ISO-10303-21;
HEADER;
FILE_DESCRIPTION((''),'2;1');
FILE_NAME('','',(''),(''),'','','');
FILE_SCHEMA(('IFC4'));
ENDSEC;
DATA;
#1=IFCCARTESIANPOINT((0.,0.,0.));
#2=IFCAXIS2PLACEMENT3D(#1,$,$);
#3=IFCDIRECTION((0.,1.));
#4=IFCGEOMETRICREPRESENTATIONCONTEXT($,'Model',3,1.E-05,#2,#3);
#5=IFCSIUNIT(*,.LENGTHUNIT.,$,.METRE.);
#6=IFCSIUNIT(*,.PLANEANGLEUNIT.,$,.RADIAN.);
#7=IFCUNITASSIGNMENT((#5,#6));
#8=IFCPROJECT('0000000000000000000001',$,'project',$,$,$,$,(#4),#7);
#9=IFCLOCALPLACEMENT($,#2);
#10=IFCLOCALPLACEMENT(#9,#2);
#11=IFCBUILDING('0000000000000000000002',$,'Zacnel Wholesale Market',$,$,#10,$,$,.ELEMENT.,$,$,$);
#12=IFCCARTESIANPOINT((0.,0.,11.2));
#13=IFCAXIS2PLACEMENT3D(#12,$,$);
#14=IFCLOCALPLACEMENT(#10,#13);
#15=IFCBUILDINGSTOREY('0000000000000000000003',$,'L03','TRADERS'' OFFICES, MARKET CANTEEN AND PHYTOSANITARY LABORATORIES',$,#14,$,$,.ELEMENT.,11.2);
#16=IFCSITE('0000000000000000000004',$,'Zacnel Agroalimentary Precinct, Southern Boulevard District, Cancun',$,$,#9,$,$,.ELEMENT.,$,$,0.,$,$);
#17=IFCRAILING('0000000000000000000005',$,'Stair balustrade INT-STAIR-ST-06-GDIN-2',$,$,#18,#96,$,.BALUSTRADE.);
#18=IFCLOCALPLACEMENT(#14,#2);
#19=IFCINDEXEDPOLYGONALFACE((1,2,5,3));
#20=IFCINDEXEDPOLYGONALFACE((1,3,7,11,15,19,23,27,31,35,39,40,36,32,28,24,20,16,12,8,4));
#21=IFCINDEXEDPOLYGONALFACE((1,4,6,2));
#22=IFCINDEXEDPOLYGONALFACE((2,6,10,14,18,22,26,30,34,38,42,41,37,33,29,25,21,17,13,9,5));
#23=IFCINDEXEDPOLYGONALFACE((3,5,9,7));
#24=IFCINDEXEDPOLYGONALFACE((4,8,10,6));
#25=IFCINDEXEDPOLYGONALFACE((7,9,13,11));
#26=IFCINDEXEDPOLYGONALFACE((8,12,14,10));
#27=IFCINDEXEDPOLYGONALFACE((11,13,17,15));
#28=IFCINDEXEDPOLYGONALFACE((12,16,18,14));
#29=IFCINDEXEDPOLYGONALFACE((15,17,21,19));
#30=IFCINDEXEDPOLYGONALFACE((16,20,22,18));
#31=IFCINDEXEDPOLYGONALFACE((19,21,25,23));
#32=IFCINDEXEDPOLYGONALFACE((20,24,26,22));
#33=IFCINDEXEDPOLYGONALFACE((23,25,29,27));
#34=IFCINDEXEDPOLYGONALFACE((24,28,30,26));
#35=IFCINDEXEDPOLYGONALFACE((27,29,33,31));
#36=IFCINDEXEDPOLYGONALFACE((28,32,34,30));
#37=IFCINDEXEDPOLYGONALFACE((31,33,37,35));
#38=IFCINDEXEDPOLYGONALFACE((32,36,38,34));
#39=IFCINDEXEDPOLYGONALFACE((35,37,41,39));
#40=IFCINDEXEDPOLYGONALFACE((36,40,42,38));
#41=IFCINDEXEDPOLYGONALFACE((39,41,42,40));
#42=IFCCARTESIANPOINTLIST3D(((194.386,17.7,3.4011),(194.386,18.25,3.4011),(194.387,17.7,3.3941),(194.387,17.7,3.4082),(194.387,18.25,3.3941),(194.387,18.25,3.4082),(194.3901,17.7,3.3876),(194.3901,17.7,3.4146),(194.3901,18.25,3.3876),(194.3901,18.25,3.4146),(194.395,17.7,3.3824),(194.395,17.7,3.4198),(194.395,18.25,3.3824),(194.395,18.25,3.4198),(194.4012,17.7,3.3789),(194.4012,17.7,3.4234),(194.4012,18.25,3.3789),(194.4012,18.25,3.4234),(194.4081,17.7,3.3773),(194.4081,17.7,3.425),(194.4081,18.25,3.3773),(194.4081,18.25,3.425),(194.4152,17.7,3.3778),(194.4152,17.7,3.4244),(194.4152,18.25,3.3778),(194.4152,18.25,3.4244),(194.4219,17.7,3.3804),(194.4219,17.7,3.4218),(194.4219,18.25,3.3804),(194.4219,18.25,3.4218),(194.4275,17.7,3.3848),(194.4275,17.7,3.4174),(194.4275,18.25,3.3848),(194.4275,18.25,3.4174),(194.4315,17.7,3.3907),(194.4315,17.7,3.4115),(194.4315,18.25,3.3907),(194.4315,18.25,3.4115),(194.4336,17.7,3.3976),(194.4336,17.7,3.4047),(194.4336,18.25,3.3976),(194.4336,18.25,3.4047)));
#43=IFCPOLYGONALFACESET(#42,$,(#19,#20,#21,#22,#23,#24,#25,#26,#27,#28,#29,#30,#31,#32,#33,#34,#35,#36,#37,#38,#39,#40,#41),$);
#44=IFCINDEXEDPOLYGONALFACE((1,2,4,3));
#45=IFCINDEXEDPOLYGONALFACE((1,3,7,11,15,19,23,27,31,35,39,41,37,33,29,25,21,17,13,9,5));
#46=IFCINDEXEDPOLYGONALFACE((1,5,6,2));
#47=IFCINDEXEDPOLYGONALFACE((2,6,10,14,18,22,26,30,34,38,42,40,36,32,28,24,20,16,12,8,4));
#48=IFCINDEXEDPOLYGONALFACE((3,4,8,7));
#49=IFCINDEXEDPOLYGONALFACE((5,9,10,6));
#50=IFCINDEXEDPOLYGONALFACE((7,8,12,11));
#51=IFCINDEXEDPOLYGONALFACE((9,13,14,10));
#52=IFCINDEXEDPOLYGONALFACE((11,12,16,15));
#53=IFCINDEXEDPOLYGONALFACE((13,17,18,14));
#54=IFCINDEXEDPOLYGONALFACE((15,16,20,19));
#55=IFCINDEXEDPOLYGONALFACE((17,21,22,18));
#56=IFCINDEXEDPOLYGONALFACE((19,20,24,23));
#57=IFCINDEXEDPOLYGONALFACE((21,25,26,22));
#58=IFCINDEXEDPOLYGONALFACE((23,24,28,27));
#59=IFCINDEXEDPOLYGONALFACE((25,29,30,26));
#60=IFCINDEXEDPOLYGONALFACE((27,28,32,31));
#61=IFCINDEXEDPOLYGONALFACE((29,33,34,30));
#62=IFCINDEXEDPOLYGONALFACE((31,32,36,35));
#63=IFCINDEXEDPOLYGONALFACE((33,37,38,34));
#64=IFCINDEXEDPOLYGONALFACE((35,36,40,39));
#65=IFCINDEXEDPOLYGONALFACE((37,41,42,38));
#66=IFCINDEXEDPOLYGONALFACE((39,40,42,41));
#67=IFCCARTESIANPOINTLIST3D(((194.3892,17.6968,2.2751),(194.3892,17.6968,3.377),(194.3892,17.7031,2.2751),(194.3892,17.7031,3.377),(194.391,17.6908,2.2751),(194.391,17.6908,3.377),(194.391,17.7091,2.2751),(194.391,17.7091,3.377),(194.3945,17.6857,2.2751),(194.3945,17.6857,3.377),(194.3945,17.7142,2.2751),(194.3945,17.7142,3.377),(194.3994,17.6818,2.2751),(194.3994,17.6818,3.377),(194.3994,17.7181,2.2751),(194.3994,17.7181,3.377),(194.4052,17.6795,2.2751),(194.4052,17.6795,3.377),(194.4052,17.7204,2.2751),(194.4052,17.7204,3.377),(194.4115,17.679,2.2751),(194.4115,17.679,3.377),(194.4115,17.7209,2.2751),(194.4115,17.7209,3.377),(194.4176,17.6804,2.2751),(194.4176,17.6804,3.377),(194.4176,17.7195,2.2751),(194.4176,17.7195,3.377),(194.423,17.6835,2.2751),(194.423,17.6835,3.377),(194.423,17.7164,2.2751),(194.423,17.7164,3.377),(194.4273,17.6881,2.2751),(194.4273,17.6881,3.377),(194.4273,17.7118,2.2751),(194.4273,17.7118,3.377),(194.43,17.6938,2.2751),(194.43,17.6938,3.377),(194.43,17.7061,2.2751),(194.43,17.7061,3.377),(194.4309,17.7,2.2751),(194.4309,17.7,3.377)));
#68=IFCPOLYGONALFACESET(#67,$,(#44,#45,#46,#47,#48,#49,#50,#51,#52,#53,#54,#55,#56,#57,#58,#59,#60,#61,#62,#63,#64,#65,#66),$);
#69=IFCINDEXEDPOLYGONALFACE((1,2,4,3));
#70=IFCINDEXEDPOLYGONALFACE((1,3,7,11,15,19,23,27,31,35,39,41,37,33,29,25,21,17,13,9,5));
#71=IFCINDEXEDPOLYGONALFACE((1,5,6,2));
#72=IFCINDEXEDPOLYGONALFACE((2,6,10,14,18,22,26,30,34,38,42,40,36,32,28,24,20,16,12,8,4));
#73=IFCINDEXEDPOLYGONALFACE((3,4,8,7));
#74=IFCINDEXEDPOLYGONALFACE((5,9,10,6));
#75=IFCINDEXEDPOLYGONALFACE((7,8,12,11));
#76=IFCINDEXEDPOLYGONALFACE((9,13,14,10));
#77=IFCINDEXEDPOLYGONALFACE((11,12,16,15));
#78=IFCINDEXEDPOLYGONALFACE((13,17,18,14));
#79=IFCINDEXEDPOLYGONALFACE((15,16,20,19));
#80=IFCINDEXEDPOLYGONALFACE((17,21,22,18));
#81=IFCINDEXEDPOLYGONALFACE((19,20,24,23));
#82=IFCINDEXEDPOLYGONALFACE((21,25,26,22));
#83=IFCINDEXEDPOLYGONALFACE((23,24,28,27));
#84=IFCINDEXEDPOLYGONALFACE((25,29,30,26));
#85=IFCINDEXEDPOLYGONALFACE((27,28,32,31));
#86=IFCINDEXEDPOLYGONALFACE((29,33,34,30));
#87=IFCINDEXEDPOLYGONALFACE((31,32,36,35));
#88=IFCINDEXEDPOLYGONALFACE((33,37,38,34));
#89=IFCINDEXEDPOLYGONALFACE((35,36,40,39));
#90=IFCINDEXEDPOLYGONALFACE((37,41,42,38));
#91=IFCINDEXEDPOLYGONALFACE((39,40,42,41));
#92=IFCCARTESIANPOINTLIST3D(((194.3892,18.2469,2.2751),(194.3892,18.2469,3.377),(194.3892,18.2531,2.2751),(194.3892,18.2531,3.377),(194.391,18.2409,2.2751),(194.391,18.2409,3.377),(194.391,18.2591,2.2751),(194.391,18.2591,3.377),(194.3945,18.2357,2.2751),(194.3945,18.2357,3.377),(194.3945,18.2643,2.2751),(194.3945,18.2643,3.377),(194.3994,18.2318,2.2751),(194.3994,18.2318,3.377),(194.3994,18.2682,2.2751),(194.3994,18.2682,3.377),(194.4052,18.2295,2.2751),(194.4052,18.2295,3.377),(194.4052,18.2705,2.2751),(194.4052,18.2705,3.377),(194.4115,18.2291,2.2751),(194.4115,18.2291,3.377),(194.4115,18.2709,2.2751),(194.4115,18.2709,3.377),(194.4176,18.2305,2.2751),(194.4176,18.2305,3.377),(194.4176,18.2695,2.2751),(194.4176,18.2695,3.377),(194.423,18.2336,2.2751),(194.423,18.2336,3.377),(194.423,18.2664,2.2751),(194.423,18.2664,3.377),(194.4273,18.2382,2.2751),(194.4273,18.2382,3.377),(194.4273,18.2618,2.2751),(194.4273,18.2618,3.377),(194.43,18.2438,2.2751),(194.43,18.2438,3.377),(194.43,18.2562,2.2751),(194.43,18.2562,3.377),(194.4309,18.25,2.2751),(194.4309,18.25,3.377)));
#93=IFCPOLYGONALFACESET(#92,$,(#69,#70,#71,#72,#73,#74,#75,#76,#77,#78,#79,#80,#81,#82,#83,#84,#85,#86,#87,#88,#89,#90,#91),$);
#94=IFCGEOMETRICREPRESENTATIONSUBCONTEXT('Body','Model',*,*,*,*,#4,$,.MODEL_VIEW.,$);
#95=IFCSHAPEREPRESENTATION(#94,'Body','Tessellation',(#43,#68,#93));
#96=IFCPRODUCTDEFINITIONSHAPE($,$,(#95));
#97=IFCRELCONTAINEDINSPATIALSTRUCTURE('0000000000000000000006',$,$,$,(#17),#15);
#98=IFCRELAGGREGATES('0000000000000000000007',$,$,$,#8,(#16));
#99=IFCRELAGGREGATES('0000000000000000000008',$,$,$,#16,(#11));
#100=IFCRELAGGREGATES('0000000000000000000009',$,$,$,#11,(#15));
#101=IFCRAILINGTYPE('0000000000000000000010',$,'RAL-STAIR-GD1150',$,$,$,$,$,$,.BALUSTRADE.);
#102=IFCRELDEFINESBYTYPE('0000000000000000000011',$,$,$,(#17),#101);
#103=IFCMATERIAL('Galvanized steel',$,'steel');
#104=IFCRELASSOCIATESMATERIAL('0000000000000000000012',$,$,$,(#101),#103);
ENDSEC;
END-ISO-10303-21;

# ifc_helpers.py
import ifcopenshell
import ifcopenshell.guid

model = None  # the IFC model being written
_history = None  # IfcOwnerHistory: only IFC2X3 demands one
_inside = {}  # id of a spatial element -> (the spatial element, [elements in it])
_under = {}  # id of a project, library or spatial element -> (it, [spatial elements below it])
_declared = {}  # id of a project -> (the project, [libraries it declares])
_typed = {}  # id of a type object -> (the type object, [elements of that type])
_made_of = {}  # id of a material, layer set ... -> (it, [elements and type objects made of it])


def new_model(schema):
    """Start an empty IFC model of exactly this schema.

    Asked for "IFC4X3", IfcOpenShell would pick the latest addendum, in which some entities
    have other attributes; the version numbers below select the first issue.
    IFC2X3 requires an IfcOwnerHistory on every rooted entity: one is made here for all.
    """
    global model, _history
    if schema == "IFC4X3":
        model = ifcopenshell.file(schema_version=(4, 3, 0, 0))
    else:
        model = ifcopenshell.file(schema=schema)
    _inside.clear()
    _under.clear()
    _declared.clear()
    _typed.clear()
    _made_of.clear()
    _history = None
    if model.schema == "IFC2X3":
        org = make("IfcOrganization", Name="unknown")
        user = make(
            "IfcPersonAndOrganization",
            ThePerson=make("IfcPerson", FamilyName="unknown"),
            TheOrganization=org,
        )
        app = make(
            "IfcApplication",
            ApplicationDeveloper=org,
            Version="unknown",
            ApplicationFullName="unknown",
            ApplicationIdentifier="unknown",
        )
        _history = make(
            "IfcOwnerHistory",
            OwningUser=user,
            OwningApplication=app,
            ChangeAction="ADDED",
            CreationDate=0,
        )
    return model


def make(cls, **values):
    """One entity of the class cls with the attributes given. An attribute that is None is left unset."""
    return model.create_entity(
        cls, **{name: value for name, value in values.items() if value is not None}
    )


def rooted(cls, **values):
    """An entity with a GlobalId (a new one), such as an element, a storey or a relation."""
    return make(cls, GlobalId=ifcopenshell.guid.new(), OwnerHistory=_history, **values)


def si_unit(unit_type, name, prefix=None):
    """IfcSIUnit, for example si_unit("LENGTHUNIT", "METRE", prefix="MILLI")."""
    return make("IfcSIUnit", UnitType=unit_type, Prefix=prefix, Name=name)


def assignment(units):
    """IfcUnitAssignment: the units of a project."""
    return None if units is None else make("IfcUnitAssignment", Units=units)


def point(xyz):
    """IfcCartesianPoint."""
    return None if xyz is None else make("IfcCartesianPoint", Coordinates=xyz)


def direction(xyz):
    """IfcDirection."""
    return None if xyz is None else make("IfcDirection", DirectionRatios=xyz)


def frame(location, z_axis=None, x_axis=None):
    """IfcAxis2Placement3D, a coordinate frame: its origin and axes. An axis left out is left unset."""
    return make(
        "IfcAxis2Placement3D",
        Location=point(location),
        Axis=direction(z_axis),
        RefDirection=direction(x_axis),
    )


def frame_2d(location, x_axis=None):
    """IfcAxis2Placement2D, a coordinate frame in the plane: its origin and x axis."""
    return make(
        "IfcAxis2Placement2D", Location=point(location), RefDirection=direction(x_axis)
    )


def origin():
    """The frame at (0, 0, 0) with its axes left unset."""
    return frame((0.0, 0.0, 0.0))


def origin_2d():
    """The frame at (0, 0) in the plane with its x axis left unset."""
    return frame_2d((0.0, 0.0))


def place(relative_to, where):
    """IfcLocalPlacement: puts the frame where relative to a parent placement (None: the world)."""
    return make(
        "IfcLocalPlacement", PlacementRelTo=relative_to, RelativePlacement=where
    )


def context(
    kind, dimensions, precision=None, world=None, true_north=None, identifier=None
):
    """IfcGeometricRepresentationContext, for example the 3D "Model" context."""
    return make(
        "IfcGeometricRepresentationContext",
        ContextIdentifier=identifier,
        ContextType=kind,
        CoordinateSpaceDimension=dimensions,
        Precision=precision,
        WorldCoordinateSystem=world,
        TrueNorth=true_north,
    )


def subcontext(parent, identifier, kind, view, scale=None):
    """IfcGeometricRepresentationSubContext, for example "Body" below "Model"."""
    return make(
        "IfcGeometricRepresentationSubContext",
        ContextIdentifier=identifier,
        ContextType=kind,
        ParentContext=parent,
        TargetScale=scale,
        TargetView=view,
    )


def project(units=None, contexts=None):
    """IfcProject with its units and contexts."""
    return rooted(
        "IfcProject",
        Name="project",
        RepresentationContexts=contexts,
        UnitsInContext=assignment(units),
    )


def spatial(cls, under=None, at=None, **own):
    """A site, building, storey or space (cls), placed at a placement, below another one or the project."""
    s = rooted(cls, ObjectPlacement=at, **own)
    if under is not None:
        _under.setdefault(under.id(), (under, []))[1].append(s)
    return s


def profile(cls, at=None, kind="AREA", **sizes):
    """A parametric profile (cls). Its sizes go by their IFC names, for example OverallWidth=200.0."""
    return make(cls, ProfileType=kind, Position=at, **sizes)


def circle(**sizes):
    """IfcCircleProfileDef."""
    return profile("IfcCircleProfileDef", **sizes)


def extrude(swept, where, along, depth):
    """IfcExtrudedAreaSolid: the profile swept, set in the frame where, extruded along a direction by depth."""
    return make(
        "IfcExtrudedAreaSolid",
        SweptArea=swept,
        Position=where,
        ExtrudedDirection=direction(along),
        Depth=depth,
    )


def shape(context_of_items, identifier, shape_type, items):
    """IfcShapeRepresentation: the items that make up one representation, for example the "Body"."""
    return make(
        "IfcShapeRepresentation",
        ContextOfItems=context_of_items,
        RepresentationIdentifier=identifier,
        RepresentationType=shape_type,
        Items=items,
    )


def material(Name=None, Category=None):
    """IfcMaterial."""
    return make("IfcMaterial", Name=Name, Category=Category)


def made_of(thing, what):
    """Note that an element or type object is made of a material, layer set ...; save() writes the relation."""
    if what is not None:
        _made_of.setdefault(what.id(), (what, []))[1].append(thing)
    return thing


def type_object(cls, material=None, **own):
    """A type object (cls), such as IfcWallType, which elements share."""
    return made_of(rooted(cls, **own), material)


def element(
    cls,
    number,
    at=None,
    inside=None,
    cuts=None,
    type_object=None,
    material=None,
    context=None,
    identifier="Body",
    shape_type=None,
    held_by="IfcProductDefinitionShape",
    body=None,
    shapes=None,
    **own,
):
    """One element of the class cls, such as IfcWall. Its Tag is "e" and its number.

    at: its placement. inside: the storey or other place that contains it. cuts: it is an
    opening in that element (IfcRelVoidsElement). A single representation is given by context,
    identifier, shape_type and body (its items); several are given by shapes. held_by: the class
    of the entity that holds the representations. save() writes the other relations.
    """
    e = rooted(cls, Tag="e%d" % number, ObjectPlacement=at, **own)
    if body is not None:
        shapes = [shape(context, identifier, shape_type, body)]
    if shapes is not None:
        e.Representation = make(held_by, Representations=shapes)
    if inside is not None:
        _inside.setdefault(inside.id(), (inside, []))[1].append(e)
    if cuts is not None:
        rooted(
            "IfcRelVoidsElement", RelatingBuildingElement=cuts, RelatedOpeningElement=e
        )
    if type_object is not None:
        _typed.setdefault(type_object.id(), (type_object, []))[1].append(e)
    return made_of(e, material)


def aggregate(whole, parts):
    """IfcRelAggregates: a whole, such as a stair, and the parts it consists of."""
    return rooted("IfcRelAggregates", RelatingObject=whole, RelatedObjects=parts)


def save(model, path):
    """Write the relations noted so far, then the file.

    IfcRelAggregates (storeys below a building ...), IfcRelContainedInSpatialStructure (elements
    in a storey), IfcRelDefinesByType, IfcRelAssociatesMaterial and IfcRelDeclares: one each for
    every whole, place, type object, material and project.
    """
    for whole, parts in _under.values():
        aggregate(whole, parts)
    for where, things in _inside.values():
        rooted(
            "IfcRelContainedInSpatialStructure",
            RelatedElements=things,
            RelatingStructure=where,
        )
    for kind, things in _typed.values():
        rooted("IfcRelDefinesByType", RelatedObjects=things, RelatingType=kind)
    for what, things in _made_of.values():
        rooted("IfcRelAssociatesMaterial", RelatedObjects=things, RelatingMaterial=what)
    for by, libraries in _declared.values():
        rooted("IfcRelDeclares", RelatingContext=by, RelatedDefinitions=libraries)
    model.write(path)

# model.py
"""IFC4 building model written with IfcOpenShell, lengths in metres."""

from ifc_helpers import new_model, si_unit, direction, frame, origin, origin_2d, place, context, subcontext, project, spatial, circle, extrude, material, type_object, element, save


model = new_model("IFC4")

# Units and contexts
model_context = context("Model", 3, precision=1e-05, world=origin(), true_north=direction((0.0, 1.0)))
body_context = subcontext(model_context, "Body", "Model", "MODEL_VIEW")
ifc_project = project(units=[si_unit("LENGTHUNIT", "METRE"), si_unit("PLANEANGLEUNIT", "RADIAN")], contexts=[model_context])

# Site, building, storey
site_placement = place(None, origin())
site = spatial("IfcSite", under=ifc_project, at=site_placement, Name="Zacnel Agroalimentary Precinct, Southern Boulevard District, Cancun", CompositionType="ELEMENT", RefElevation=0.0)
building_placement = place(site_placement, origin())
building = spatial("IfcBuilding", under=site, at=building_placement, Name="Zacnel Wholesale Market", CompositionType="ELEMENT")
storey_placement = place(building_placement, frame((0.0, 0.0, 11.2)))
storey = spatial("IfcBuildingStorey", under=building, at=storey_placement, Name="L03", Description="TRADERS' OFFICES, MARKET CANTEEN AND PHYTOSANITARY LABORATORIES", CompositionType="ELEMENT", Elevation=11.2)

# Railing
ifc_material_1 = material(Name="Galvanized steel", Category="steel")
railing_type_1 = type_object("IfcRailingType", Name="RAL-STAIR-GD1150", PredefinedType="BALUSTRADE", material=ifc_material_1)
railing_1_placement = place(storey_placement, frame((194.4099, 17.7, 2.2751)))
element("IfcRailing", 1, at=railing_1_placement, inside=storey, type_object=railing_type_1, Name="Stair balustrade INT-STAIR-ST-06-GDIN-2", PredefinedType="BALUSTRADE", context=body_context, shape_type="SweptSolid", body=[
    extrude(circle(Radius=0.0239, at=origin_2d()), frame((0.0, 0.0, 1.126), z_axis=(0.0, 1.0, 0.0), x_axis=(-1.0, 0.0, 0.0)), (0.0, 0.0, 1.0), 0.55),
    extrude(circle(Radius=0.021, at=origin_2d()), origin(), (0.0, 0.0, 1.0), 1.1018),
    extrude(circle(Radius=0.021, at=origin_2d()), frame((0.0, 0.55, 0.0)), (0.0, 0.0, 1.0), 1.1018),
])

save(model, "model.ifc")
